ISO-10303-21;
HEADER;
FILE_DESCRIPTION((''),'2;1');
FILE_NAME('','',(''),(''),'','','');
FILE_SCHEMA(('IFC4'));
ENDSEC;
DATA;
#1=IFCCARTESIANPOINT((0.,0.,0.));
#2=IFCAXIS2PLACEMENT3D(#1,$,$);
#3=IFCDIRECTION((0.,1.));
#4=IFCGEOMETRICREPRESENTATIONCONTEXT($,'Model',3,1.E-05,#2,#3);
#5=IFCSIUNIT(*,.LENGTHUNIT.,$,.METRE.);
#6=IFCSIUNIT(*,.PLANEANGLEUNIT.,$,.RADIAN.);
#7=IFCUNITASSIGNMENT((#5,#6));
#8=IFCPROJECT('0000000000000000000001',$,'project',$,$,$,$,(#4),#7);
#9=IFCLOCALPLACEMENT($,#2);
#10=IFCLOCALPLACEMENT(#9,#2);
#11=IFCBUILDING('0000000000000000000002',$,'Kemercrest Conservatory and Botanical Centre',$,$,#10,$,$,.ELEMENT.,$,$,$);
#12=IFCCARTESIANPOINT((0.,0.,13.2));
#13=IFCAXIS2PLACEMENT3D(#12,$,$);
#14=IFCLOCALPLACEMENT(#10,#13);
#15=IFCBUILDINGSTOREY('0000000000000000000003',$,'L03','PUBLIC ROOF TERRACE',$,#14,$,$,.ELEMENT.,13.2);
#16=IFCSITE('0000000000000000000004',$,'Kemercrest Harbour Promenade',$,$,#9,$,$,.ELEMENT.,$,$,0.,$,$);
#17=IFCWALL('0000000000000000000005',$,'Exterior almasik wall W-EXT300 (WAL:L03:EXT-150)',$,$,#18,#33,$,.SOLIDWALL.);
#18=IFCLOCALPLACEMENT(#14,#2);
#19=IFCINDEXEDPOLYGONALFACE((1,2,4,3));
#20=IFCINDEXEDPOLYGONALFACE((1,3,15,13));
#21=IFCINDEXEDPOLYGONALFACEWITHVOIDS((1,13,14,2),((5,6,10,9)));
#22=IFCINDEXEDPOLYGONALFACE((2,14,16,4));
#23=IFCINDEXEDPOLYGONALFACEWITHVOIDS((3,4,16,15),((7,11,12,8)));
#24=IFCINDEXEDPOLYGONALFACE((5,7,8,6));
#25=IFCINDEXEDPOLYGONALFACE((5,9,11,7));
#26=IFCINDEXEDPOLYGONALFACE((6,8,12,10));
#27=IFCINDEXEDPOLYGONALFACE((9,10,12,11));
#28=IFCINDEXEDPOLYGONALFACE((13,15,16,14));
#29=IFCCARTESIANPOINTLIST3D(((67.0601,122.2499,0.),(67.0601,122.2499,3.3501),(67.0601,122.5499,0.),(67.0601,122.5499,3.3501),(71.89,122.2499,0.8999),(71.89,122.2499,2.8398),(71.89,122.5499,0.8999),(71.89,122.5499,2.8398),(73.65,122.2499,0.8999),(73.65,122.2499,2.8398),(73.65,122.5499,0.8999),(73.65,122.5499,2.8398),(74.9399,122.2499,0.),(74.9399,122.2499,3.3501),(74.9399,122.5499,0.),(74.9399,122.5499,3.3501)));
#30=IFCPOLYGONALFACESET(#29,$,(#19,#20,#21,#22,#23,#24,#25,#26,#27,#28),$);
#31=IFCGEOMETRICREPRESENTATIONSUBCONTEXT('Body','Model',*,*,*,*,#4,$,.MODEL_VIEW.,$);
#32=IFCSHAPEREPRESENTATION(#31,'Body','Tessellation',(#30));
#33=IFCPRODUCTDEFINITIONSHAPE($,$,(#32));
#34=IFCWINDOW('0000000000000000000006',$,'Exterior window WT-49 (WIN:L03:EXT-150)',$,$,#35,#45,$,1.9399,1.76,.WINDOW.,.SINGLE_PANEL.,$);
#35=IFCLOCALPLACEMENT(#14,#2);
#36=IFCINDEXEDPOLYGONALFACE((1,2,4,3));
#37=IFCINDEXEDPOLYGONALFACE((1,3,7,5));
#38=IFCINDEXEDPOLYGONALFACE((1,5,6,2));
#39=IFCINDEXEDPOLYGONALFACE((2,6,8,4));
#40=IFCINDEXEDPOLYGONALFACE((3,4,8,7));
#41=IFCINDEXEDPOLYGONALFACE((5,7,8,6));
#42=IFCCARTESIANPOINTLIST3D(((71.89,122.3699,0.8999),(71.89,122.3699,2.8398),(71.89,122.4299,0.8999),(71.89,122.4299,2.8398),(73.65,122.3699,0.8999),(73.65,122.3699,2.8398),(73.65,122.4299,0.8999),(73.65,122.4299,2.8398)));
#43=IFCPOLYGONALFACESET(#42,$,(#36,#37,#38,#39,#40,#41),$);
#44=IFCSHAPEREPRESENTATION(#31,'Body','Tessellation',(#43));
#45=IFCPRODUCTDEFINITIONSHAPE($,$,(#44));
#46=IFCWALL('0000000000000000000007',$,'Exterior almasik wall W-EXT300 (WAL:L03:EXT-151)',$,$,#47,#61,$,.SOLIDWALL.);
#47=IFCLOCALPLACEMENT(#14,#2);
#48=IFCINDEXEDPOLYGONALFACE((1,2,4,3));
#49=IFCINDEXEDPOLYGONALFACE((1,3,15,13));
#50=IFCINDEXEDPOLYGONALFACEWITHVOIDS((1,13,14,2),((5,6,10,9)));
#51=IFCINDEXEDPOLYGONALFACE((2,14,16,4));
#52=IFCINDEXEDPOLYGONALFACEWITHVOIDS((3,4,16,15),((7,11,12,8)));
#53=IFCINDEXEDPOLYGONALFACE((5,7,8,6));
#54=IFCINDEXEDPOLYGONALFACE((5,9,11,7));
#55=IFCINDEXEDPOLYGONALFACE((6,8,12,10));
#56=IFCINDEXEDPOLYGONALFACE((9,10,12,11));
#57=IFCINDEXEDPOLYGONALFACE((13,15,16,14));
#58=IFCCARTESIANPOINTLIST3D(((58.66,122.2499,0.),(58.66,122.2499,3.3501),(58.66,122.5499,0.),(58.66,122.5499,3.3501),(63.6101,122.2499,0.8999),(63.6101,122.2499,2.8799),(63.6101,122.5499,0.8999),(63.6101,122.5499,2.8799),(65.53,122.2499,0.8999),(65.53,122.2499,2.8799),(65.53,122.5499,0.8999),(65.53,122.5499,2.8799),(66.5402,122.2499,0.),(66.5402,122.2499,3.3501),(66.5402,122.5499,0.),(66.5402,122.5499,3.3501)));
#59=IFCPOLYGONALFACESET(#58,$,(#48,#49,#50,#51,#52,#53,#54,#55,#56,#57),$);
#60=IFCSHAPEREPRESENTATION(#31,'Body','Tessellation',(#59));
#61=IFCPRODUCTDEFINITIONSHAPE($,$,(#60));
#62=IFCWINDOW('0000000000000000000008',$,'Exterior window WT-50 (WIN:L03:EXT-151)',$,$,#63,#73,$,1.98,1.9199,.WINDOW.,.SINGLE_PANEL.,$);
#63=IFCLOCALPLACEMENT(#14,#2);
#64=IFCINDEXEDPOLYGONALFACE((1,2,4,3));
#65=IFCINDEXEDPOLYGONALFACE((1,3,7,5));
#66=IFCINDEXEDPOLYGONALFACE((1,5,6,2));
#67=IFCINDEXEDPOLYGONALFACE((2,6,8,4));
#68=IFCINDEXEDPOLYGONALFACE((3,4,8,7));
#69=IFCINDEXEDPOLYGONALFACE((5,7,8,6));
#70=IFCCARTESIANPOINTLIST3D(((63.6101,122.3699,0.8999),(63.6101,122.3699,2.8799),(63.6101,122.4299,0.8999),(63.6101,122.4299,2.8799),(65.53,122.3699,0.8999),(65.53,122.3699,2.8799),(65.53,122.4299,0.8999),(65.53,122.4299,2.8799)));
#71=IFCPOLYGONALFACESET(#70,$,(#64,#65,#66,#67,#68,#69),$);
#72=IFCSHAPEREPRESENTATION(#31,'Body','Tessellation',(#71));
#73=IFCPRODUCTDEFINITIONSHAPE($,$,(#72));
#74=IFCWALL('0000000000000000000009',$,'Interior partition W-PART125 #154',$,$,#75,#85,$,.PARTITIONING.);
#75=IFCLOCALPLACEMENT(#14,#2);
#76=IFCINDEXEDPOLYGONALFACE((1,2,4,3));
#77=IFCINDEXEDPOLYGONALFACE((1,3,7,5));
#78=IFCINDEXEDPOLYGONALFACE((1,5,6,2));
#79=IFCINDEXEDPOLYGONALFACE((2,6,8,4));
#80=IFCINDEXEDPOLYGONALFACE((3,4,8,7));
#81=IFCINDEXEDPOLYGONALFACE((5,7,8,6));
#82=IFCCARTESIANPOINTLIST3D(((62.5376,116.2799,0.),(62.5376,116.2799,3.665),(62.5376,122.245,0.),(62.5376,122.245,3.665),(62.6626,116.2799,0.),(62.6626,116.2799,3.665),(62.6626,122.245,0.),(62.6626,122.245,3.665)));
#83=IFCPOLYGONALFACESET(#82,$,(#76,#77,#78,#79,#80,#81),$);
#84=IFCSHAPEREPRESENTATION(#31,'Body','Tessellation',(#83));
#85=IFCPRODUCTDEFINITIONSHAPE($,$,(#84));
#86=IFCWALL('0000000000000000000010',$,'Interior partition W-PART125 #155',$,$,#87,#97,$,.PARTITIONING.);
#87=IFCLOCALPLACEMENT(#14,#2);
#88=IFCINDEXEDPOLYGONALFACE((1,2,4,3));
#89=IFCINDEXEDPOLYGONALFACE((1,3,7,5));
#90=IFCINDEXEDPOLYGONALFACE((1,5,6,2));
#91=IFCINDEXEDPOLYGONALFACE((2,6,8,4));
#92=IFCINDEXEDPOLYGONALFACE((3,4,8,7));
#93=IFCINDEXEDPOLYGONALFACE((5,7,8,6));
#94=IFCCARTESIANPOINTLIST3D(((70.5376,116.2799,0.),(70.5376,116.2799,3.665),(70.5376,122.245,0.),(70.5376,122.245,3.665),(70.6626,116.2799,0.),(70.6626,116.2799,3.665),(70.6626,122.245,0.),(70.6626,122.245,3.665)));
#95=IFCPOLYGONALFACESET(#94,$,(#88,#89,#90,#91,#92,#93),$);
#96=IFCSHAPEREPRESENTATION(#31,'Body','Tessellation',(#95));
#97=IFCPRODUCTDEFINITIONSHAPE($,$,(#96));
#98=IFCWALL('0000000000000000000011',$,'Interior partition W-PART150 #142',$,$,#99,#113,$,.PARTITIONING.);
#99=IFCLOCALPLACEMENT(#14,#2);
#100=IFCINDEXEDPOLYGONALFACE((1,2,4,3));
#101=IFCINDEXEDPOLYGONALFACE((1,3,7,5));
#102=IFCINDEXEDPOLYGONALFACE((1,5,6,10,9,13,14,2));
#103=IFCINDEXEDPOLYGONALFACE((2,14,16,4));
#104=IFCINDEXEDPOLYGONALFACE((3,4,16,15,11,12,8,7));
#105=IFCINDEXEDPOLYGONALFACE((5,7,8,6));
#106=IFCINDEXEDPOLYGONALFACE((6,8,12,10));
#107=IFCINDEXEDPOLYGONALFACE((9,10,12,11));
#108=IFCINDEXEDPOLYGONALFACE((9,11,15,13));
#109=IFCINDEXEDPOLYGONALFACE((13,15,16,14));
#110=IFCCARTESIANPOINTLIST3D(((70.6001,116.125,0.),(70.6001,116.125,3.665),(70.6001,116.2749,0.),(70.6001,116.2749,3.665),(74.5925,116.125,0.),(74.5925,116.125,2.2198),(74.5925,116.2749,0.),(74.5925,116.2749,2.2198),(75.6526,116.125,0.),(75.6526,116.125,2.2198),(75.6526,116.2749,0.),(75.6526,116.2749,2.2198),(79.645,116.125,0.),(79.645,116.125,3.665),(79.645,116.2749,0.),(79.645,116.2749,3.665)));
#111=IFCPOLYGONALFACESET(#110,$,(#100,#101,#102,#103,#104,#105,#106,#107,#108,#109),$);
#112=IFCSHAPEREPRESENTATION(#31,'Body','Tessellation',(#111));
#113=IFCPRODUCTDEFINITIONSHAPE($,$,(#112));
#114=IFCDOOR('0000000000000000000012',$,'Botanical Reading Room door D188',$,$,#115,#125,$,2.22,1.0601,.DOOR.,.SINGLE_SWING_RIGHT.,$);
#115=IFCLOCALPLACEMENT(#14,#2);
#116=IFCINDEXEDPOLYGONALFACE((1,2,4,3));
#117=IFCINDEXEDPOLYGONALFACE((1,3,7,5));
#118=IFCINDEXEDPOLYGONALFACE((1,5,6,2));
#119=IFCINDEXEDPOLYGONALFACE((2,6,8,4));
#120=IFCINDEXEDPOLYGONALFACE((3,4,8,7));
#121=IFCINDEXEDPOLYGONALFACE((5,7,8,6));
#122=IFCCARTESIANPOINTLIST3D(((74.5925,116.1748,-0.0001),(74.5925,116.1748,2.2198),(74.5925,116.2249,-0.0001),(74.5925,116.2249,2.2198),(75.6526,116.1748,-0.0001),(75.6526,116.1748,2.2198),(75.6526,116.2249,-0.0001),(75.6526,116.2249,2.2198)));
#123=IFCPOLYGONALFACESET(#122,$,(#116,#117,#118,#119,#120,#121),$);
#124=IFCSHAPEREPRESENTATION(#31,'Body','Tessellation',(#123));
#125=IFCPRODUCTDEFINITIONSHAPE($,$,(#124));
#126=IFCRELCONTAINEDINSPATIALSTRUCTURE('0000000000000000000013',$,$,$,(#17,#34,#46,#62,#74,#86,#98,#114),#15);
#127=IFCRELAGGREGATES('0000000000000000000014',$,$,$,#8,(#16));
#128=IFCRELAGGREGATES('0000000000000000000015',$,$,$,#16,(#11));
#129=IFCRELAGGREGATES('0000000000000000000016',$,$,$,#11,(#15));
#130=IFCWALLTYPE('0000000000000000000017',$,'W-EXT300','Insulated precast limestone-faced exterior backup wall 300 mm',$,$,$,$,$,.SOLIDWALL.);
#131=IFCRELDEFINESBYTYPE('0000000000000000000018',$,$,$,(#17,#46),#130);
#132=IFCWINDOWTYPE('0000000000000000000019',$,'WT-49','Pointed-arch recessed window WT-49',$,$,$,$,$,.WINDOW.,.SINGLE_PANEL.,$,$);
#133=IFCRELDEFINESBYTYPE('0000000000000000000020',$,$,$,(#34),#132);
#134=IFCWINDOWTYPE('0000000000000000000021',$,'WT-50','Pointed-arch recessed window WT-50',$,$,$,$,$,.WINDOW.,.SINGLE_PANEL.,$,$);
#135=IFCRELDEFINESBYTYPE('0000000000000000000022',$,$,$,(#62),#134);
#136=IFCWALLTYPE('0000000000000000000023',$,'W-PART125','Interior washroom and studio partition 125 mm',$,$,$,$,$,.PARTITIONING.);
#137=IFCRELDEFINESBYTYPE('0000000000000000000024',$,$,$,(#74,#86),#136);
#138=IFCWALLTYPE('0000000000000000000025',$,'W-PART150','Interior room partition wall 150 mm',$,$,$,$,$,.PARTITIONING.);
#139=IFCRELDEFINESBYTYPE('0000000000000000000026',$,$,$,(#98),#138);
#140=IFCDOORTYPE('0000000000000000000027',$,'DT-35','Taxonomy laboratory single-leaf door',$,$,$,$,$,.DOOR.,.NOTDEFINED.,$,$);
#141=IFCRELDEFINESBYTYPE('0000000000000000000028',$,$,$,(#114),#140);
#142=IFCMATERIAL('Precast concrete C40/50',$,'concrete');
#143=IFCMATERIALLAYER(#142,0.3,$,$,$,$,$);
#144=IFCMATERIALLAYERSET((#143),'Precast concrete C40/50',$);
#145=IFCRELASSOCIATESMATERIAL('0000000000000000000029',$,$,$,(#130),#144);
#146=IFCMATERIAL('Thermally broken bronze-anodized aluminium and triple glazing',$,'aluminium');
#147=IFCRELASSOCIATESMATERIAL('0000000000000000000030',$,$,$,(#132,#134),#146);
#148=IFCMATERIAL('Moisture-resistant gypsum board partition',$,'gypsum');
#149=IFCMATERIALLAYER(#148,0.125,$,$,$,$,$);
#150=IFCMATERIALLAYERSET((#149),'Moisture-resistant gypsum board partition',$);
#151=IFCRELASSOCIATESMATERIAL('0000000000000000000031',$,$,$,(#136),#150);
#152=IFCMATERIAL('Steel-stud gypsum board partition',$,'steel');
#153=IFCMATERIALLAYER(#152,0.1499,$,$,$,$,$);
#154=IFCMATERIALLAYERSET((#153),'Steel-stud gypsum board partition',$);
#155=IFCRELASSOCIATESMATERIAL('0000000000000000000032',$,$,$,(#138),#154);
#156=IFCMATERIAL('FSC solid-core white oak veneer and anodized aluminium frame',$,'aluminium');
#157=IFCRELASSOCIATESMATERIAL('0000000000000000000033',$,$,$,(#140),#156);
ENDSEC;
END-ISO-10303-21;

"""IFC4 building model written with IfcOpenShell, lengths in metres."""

from ifc_helpers import new_model, si_unit, direction, frame, frame_2d, origin, place, context, subcontext, project, spatial, rectangle, extrude, material, layer, layer_set, type_object, element, fill, save


model = new_model("IFC4")

# Units and contexts
model_context = context("Model", 3, precision=1e-05, world=origin(), true_north=direction((0.0, 1.0)))
body_context = subcontext(model_context, "Body", "Model", "MODEL_VIEW")
ifc_project = project(units=[si_unit("LENGTHUNIT", "METRE"), si_unit("PLANEANGLEUNIT", "RADIAN")], contexts=[model_context])

# Site, building, storey
site_placement = place(None, origin())
site = spatial("IfcSite", under=ifc_project, at=site_placement, Name="Kemercrest Harbour Promenade", CompositionType="ELEMENT", RefElevation=0.0)
building_placement = place(site_placement, origin())
building = spatial("IfcBuilding", under=site, at=building_placement, Name="Kemercrest Conservatory and Botanical Centre", CompositionType="ELEMENT")
storey_placement = place(building_placement, frame((0.0, 0.0, 13.2)))
storey = spatial("IfcBuildingStorey", under=building, at=storey_placement, Name="L03", Description="PUBLIC ROOF TERRACE", CompositionType="ELEMENT", Elevation=13.2)

# Shared definitions
ifc_material_1 = material(Name="Precast concrete C40/50", Category="concrete")

# Walls, openings, windows
ifc_layer_1 = layer(ifc_material_1, 0.3)
ifc_layer_set_1 = layer_set([ifc_layer_1], Name="Precast concrete C40/50")
wall_type_1 = type_object("IfcWallType", Name="W-EXT300", Description="Insulated precast limestone-faced exterior backup wall 300 mm", PredefinedType="SOLIDWALL", material=ifc_layer_set_1)
ifc_material_2 = material(Name="Thermally broken bronze-anodized aluminium and triple glazing", Category="aluminium")
wall_1_placement = place(storey_placement, frame((74.9399, 122.3999, 0.0), z_axis=(0.0, 0.0, 1.0), x_axis=(-1.0, 0.0, 0.0)))
wall_1 = element("IfcWall", 1, at=wall_1_placement, inside=storey, type_object=wall_type_1, Name="Exterior almasik wall W-EXT300 (WAL:L03:EXT-150)", PredefinedType="SOLIDWALL", context=body_context, shape_type="SweptSolid", body=[
    extrude(rectangle(XDim=7.8799, YDim=0.3, at=frame_2d((3.9399, 0.0))), origin(), (0.0, 0.0, 1.0), 3.3501),
])
opening_1_placement = place(wall_1_placement, frame((1.29, 0.0, 0.8999)))
opening_1 = element("IfcOpeningElement", 2, at=opening_1_placement, cuts=wall_1, PredefinedType="OPENING", context=body_context, shape_type="SweptSolid", body=[
    extrude(rectangle(XDim=1.76, YDim=1.9399, at=frame_2d((0.8799, 0.97))), frame((0.0, 0.1602, 0.0), z_axis=(0.0, -1.0, 0.0), x_axis=(1.0, 0.0, 0.0)), (0.0, 0.0, 1.0), 0.3201),
])
window_type_1 = type_object("IfcWindowType", Name="WT-49", Description="Pointed-arch recessed window WT-49", PartitioningType="SINGLE_PANEL", PredefinedType="WINDOW", material=ifc_material_2)
window_1_placement = place(opening_1_placement, origin())
window_1 = element("IfcWindow", 3, at=window_1_placement, inside=storey, type_object=window_type_1, Name="Exterior window WT-49 (WIN:L03:EXT-150)", OverallHeight=1.9399, OverallWidth=1.76, PartitioningType="SINGLE_PANEL", PredefinedType="WINDOW", context=body_context, shape_type="SweptSolid", body=[
    extrude(rectangle(XDim=1.76, YDim=1.9399, at=frame_2d((0.8799, 0.97))), frame((0.0, 0.03, 0.0), z_axis=(0.0, -1.0, 0.0), x_axis=(1.0, 0.0, 0.0)), (0.0, 0.0, 1.0), 0.0601),
])
fill(opening_1, window_1)
wall_2_placement = place(storey_placement, frame((66.54, 122.3999, 0.0), z_axis=(0.0, 0.0, 1.0), x_axis=(-1.0, 0.0, 0.0)))
wall_2 = element("IfcWall", 4, at=wall_2_placement, inside=storey, type_object=wall_type_1, Name="Exterior almasik wall W-EXT300 (WAL:L03:EXT-151)", PredefinedType="SOLIDWALL", context=body_context, shape_type="SweptSolid", body=[
    extrude(rectangle(XDim=7.8801, YDim=0.3, at=frame_2d((3.9399, 0.0))), origin(), (0.0, 0.0, 1.0), 3.3501),
])
opening_2_placement = place(wall_2_placement, frame((1.01, 0.0, 0.8999)))
opening_2 = element("IfcOpeningElement", 5, at=opening_2_placement, cuts=wall_2, PredefinedType="OPENING", context=body_context, shape_type="SweptSolid", body=[
    extrude(rectangle(XDim=1.9199, YDim=1.98, at=frame_2d((0.96, 0.99))), frame((0.0, 0.1602, 0.0), z_axis=(0.0, -1.0, 0.0), x_axis=(1.0, 0.0, 0.0)), (0.0, 0.0, 1.0), 0.3201),
])
window_type_2 = type_object("IfcWindowType", Name="WT-50", Description="Pointed-arch recessed window WT-50", PartitioningType="SINGLE_PANEL", PredefinedType="WINDOW", material=ifc_material_2)
window_2_placement = place(opening_2_placement, origin())
window_2 = element("IfcWindow", 6, at=window_2_placement, inside=storey, type_object=window_type_2, Name="Exterior window WT-50 (WIN:L03:EXT-151)", OverallHeight=1.98, OverallWidth=1.9199, PartitioningType="SINGLE_PANEL", PredefinedType="WINDOW", context=body_context, shape_type="SweptSolid", body=[
    extrude(rectangle(XDim=1.9199, YDim=1.98, at=frame_2d((0.96, 0.99))), frame((0.0, 0.03, 0.0), z_axis=(0.0, -1.0, 0.0), x_axis=(1.0, 0.0, 0.0)), (0.0, 0.0, 1.0), 0.0601),
])
fill(opening_2, window_2)

# Walls
ifc_material_3 = material(Name="Moisture-resistant gypsum board partition", Category="gypsum")
ifc_layer_2 = layer(ifc_material_3, 0.125)
ifc_layer_set_2 = layer_set([ifc_layer_2], Name="Moisture-resistant gypsum board partition")
wall_type_2 = type_object("IfcWallType", Name="W-PART125", Description="Interior washroom and studio partition 125 mm", PredefinedType="PARTITIONING", material=ifc_layer_set_2)
for number, where, z_axis, x_axis, name in (
    (7, (62.6001, 116.28, 0.0), (0.0, 0.0, 1.0), (0.0, 1.0, 0.0), "Interior partition W-PART125 #154"),
    (8, (70.6001, 116.28, 0.0), (0.0, 0.0, 1.0), (0.0, 1.0, 0.0), "Interior partition W-PART125 #155"),
):
    element("IfcWall", number, at=place(storey_placement, frame(where, z_axis=z_axis, x_axis=x_axis)), inside=storey, type_object=wall_type_2, Name=name, PredefinedType="PARTITIONING", context=body_context, shape_type="SweptSolid", body=[
        extrude(rectangle(XDim=5.9651, YDim=0.125, at=frame_2d((2.9824, 0.0))), origin(), (0.0, 0.0, 1.0), 3.665),
    ])

# Wall, opening, door
ifc_material_4 = material(Name="Steel-stud gypsum board partition", Category="steel")
ifc_layer_3 = layer(ifc_material_4, 0.1499)
ifc_layer_set_3 = layer_set([ifc_layer_3], Name="Steel-stud gypsum board partition")
wall_type_3 = type_object("IfcWallType", Name="W-PART150", Description="Interior room partition wall 150 mm", PredefinedType="PARTITIONING", material=ifc_layer_set_3)
wall_3_placement = place(storey_placement, frame((70.6001, 116.2, 0.0), z_axis=(0.0, 0.0, 1.0), x_axis=(1.0, 0.0, 0.0)))
wall_3 = element("IfcWall", 9, at=wall_3_placement, inside=storey, type_object=wall_type_3, Name="Interior partition W-PART150 #142", PredefinedType="PARTITIONING", context=body_context, shape_type="SweptSolid", body=[
    extrude(rectangle(XDim=9.0449, YDim=0.1499, at=frame_2d((4.5225, 0.0))), origin(), (0.0, 0.0, 1.0), 3.665),
])
opening_3_placement = place(wall_3_placement, frame((3.9924, 0.0, 0.0)))
opening_3 = element("IfcOpeningElement", 10, at=opening_3_placement, cuts=wall_3, PredefinedType="OPENING", context=body_context, shape_type="SweptSolid", body=[
    extrude(rectangle(XDim=1.0601, YDim=2.22, at=frame_2d((0.53, 1.1099))), frame((0.0, 0.085, 0.0), z_axis=(0.0, -1.0, 0.0), x_axis=(1.0, 0.0, 0.0)), (0.0, 0.0, 1.0), 0.1699),
])
ifc_material_5 = material(Name="FSC solid-core white oak veneer and anodized aluminium frame", Category="aluminium")
door_type_1 = type_object("IfcDoorType", Name="DT-35", Description="Taxonomy laboratory single-leaf door", OperationType="NOTDEFINED", PredefinedType="DOOR", material=ifc_material_5)
door_1_placement = place(opening_3_placement, origin())
door_1 = element("IfcDoor", 11, at=door_1_placement, inside=storey, type_object=door_type_1, Name="Botanical Reading Room door D188", OperationType="SINGLE_SWING_RIGHT", OverallHeight=2.22, OverallWidth=1.0601, PredefinedType="DOOR", context=body_context, shape_type="SweptSolid", body=[
    extrude(rectangle(XDim=1.0601, YDim=2.22, at=frame_2d((0.53, 1.1099))), frame((0.0, 0.0249, 0.0), z_axis=(0.0, -1.0, 0.0), x_axis=(1.0, 0.0, 0.0)), (0.0, 0.0, 1.0), 0.05),
])
fill(opening_3, door_1)

save(model, "model.ifc")
